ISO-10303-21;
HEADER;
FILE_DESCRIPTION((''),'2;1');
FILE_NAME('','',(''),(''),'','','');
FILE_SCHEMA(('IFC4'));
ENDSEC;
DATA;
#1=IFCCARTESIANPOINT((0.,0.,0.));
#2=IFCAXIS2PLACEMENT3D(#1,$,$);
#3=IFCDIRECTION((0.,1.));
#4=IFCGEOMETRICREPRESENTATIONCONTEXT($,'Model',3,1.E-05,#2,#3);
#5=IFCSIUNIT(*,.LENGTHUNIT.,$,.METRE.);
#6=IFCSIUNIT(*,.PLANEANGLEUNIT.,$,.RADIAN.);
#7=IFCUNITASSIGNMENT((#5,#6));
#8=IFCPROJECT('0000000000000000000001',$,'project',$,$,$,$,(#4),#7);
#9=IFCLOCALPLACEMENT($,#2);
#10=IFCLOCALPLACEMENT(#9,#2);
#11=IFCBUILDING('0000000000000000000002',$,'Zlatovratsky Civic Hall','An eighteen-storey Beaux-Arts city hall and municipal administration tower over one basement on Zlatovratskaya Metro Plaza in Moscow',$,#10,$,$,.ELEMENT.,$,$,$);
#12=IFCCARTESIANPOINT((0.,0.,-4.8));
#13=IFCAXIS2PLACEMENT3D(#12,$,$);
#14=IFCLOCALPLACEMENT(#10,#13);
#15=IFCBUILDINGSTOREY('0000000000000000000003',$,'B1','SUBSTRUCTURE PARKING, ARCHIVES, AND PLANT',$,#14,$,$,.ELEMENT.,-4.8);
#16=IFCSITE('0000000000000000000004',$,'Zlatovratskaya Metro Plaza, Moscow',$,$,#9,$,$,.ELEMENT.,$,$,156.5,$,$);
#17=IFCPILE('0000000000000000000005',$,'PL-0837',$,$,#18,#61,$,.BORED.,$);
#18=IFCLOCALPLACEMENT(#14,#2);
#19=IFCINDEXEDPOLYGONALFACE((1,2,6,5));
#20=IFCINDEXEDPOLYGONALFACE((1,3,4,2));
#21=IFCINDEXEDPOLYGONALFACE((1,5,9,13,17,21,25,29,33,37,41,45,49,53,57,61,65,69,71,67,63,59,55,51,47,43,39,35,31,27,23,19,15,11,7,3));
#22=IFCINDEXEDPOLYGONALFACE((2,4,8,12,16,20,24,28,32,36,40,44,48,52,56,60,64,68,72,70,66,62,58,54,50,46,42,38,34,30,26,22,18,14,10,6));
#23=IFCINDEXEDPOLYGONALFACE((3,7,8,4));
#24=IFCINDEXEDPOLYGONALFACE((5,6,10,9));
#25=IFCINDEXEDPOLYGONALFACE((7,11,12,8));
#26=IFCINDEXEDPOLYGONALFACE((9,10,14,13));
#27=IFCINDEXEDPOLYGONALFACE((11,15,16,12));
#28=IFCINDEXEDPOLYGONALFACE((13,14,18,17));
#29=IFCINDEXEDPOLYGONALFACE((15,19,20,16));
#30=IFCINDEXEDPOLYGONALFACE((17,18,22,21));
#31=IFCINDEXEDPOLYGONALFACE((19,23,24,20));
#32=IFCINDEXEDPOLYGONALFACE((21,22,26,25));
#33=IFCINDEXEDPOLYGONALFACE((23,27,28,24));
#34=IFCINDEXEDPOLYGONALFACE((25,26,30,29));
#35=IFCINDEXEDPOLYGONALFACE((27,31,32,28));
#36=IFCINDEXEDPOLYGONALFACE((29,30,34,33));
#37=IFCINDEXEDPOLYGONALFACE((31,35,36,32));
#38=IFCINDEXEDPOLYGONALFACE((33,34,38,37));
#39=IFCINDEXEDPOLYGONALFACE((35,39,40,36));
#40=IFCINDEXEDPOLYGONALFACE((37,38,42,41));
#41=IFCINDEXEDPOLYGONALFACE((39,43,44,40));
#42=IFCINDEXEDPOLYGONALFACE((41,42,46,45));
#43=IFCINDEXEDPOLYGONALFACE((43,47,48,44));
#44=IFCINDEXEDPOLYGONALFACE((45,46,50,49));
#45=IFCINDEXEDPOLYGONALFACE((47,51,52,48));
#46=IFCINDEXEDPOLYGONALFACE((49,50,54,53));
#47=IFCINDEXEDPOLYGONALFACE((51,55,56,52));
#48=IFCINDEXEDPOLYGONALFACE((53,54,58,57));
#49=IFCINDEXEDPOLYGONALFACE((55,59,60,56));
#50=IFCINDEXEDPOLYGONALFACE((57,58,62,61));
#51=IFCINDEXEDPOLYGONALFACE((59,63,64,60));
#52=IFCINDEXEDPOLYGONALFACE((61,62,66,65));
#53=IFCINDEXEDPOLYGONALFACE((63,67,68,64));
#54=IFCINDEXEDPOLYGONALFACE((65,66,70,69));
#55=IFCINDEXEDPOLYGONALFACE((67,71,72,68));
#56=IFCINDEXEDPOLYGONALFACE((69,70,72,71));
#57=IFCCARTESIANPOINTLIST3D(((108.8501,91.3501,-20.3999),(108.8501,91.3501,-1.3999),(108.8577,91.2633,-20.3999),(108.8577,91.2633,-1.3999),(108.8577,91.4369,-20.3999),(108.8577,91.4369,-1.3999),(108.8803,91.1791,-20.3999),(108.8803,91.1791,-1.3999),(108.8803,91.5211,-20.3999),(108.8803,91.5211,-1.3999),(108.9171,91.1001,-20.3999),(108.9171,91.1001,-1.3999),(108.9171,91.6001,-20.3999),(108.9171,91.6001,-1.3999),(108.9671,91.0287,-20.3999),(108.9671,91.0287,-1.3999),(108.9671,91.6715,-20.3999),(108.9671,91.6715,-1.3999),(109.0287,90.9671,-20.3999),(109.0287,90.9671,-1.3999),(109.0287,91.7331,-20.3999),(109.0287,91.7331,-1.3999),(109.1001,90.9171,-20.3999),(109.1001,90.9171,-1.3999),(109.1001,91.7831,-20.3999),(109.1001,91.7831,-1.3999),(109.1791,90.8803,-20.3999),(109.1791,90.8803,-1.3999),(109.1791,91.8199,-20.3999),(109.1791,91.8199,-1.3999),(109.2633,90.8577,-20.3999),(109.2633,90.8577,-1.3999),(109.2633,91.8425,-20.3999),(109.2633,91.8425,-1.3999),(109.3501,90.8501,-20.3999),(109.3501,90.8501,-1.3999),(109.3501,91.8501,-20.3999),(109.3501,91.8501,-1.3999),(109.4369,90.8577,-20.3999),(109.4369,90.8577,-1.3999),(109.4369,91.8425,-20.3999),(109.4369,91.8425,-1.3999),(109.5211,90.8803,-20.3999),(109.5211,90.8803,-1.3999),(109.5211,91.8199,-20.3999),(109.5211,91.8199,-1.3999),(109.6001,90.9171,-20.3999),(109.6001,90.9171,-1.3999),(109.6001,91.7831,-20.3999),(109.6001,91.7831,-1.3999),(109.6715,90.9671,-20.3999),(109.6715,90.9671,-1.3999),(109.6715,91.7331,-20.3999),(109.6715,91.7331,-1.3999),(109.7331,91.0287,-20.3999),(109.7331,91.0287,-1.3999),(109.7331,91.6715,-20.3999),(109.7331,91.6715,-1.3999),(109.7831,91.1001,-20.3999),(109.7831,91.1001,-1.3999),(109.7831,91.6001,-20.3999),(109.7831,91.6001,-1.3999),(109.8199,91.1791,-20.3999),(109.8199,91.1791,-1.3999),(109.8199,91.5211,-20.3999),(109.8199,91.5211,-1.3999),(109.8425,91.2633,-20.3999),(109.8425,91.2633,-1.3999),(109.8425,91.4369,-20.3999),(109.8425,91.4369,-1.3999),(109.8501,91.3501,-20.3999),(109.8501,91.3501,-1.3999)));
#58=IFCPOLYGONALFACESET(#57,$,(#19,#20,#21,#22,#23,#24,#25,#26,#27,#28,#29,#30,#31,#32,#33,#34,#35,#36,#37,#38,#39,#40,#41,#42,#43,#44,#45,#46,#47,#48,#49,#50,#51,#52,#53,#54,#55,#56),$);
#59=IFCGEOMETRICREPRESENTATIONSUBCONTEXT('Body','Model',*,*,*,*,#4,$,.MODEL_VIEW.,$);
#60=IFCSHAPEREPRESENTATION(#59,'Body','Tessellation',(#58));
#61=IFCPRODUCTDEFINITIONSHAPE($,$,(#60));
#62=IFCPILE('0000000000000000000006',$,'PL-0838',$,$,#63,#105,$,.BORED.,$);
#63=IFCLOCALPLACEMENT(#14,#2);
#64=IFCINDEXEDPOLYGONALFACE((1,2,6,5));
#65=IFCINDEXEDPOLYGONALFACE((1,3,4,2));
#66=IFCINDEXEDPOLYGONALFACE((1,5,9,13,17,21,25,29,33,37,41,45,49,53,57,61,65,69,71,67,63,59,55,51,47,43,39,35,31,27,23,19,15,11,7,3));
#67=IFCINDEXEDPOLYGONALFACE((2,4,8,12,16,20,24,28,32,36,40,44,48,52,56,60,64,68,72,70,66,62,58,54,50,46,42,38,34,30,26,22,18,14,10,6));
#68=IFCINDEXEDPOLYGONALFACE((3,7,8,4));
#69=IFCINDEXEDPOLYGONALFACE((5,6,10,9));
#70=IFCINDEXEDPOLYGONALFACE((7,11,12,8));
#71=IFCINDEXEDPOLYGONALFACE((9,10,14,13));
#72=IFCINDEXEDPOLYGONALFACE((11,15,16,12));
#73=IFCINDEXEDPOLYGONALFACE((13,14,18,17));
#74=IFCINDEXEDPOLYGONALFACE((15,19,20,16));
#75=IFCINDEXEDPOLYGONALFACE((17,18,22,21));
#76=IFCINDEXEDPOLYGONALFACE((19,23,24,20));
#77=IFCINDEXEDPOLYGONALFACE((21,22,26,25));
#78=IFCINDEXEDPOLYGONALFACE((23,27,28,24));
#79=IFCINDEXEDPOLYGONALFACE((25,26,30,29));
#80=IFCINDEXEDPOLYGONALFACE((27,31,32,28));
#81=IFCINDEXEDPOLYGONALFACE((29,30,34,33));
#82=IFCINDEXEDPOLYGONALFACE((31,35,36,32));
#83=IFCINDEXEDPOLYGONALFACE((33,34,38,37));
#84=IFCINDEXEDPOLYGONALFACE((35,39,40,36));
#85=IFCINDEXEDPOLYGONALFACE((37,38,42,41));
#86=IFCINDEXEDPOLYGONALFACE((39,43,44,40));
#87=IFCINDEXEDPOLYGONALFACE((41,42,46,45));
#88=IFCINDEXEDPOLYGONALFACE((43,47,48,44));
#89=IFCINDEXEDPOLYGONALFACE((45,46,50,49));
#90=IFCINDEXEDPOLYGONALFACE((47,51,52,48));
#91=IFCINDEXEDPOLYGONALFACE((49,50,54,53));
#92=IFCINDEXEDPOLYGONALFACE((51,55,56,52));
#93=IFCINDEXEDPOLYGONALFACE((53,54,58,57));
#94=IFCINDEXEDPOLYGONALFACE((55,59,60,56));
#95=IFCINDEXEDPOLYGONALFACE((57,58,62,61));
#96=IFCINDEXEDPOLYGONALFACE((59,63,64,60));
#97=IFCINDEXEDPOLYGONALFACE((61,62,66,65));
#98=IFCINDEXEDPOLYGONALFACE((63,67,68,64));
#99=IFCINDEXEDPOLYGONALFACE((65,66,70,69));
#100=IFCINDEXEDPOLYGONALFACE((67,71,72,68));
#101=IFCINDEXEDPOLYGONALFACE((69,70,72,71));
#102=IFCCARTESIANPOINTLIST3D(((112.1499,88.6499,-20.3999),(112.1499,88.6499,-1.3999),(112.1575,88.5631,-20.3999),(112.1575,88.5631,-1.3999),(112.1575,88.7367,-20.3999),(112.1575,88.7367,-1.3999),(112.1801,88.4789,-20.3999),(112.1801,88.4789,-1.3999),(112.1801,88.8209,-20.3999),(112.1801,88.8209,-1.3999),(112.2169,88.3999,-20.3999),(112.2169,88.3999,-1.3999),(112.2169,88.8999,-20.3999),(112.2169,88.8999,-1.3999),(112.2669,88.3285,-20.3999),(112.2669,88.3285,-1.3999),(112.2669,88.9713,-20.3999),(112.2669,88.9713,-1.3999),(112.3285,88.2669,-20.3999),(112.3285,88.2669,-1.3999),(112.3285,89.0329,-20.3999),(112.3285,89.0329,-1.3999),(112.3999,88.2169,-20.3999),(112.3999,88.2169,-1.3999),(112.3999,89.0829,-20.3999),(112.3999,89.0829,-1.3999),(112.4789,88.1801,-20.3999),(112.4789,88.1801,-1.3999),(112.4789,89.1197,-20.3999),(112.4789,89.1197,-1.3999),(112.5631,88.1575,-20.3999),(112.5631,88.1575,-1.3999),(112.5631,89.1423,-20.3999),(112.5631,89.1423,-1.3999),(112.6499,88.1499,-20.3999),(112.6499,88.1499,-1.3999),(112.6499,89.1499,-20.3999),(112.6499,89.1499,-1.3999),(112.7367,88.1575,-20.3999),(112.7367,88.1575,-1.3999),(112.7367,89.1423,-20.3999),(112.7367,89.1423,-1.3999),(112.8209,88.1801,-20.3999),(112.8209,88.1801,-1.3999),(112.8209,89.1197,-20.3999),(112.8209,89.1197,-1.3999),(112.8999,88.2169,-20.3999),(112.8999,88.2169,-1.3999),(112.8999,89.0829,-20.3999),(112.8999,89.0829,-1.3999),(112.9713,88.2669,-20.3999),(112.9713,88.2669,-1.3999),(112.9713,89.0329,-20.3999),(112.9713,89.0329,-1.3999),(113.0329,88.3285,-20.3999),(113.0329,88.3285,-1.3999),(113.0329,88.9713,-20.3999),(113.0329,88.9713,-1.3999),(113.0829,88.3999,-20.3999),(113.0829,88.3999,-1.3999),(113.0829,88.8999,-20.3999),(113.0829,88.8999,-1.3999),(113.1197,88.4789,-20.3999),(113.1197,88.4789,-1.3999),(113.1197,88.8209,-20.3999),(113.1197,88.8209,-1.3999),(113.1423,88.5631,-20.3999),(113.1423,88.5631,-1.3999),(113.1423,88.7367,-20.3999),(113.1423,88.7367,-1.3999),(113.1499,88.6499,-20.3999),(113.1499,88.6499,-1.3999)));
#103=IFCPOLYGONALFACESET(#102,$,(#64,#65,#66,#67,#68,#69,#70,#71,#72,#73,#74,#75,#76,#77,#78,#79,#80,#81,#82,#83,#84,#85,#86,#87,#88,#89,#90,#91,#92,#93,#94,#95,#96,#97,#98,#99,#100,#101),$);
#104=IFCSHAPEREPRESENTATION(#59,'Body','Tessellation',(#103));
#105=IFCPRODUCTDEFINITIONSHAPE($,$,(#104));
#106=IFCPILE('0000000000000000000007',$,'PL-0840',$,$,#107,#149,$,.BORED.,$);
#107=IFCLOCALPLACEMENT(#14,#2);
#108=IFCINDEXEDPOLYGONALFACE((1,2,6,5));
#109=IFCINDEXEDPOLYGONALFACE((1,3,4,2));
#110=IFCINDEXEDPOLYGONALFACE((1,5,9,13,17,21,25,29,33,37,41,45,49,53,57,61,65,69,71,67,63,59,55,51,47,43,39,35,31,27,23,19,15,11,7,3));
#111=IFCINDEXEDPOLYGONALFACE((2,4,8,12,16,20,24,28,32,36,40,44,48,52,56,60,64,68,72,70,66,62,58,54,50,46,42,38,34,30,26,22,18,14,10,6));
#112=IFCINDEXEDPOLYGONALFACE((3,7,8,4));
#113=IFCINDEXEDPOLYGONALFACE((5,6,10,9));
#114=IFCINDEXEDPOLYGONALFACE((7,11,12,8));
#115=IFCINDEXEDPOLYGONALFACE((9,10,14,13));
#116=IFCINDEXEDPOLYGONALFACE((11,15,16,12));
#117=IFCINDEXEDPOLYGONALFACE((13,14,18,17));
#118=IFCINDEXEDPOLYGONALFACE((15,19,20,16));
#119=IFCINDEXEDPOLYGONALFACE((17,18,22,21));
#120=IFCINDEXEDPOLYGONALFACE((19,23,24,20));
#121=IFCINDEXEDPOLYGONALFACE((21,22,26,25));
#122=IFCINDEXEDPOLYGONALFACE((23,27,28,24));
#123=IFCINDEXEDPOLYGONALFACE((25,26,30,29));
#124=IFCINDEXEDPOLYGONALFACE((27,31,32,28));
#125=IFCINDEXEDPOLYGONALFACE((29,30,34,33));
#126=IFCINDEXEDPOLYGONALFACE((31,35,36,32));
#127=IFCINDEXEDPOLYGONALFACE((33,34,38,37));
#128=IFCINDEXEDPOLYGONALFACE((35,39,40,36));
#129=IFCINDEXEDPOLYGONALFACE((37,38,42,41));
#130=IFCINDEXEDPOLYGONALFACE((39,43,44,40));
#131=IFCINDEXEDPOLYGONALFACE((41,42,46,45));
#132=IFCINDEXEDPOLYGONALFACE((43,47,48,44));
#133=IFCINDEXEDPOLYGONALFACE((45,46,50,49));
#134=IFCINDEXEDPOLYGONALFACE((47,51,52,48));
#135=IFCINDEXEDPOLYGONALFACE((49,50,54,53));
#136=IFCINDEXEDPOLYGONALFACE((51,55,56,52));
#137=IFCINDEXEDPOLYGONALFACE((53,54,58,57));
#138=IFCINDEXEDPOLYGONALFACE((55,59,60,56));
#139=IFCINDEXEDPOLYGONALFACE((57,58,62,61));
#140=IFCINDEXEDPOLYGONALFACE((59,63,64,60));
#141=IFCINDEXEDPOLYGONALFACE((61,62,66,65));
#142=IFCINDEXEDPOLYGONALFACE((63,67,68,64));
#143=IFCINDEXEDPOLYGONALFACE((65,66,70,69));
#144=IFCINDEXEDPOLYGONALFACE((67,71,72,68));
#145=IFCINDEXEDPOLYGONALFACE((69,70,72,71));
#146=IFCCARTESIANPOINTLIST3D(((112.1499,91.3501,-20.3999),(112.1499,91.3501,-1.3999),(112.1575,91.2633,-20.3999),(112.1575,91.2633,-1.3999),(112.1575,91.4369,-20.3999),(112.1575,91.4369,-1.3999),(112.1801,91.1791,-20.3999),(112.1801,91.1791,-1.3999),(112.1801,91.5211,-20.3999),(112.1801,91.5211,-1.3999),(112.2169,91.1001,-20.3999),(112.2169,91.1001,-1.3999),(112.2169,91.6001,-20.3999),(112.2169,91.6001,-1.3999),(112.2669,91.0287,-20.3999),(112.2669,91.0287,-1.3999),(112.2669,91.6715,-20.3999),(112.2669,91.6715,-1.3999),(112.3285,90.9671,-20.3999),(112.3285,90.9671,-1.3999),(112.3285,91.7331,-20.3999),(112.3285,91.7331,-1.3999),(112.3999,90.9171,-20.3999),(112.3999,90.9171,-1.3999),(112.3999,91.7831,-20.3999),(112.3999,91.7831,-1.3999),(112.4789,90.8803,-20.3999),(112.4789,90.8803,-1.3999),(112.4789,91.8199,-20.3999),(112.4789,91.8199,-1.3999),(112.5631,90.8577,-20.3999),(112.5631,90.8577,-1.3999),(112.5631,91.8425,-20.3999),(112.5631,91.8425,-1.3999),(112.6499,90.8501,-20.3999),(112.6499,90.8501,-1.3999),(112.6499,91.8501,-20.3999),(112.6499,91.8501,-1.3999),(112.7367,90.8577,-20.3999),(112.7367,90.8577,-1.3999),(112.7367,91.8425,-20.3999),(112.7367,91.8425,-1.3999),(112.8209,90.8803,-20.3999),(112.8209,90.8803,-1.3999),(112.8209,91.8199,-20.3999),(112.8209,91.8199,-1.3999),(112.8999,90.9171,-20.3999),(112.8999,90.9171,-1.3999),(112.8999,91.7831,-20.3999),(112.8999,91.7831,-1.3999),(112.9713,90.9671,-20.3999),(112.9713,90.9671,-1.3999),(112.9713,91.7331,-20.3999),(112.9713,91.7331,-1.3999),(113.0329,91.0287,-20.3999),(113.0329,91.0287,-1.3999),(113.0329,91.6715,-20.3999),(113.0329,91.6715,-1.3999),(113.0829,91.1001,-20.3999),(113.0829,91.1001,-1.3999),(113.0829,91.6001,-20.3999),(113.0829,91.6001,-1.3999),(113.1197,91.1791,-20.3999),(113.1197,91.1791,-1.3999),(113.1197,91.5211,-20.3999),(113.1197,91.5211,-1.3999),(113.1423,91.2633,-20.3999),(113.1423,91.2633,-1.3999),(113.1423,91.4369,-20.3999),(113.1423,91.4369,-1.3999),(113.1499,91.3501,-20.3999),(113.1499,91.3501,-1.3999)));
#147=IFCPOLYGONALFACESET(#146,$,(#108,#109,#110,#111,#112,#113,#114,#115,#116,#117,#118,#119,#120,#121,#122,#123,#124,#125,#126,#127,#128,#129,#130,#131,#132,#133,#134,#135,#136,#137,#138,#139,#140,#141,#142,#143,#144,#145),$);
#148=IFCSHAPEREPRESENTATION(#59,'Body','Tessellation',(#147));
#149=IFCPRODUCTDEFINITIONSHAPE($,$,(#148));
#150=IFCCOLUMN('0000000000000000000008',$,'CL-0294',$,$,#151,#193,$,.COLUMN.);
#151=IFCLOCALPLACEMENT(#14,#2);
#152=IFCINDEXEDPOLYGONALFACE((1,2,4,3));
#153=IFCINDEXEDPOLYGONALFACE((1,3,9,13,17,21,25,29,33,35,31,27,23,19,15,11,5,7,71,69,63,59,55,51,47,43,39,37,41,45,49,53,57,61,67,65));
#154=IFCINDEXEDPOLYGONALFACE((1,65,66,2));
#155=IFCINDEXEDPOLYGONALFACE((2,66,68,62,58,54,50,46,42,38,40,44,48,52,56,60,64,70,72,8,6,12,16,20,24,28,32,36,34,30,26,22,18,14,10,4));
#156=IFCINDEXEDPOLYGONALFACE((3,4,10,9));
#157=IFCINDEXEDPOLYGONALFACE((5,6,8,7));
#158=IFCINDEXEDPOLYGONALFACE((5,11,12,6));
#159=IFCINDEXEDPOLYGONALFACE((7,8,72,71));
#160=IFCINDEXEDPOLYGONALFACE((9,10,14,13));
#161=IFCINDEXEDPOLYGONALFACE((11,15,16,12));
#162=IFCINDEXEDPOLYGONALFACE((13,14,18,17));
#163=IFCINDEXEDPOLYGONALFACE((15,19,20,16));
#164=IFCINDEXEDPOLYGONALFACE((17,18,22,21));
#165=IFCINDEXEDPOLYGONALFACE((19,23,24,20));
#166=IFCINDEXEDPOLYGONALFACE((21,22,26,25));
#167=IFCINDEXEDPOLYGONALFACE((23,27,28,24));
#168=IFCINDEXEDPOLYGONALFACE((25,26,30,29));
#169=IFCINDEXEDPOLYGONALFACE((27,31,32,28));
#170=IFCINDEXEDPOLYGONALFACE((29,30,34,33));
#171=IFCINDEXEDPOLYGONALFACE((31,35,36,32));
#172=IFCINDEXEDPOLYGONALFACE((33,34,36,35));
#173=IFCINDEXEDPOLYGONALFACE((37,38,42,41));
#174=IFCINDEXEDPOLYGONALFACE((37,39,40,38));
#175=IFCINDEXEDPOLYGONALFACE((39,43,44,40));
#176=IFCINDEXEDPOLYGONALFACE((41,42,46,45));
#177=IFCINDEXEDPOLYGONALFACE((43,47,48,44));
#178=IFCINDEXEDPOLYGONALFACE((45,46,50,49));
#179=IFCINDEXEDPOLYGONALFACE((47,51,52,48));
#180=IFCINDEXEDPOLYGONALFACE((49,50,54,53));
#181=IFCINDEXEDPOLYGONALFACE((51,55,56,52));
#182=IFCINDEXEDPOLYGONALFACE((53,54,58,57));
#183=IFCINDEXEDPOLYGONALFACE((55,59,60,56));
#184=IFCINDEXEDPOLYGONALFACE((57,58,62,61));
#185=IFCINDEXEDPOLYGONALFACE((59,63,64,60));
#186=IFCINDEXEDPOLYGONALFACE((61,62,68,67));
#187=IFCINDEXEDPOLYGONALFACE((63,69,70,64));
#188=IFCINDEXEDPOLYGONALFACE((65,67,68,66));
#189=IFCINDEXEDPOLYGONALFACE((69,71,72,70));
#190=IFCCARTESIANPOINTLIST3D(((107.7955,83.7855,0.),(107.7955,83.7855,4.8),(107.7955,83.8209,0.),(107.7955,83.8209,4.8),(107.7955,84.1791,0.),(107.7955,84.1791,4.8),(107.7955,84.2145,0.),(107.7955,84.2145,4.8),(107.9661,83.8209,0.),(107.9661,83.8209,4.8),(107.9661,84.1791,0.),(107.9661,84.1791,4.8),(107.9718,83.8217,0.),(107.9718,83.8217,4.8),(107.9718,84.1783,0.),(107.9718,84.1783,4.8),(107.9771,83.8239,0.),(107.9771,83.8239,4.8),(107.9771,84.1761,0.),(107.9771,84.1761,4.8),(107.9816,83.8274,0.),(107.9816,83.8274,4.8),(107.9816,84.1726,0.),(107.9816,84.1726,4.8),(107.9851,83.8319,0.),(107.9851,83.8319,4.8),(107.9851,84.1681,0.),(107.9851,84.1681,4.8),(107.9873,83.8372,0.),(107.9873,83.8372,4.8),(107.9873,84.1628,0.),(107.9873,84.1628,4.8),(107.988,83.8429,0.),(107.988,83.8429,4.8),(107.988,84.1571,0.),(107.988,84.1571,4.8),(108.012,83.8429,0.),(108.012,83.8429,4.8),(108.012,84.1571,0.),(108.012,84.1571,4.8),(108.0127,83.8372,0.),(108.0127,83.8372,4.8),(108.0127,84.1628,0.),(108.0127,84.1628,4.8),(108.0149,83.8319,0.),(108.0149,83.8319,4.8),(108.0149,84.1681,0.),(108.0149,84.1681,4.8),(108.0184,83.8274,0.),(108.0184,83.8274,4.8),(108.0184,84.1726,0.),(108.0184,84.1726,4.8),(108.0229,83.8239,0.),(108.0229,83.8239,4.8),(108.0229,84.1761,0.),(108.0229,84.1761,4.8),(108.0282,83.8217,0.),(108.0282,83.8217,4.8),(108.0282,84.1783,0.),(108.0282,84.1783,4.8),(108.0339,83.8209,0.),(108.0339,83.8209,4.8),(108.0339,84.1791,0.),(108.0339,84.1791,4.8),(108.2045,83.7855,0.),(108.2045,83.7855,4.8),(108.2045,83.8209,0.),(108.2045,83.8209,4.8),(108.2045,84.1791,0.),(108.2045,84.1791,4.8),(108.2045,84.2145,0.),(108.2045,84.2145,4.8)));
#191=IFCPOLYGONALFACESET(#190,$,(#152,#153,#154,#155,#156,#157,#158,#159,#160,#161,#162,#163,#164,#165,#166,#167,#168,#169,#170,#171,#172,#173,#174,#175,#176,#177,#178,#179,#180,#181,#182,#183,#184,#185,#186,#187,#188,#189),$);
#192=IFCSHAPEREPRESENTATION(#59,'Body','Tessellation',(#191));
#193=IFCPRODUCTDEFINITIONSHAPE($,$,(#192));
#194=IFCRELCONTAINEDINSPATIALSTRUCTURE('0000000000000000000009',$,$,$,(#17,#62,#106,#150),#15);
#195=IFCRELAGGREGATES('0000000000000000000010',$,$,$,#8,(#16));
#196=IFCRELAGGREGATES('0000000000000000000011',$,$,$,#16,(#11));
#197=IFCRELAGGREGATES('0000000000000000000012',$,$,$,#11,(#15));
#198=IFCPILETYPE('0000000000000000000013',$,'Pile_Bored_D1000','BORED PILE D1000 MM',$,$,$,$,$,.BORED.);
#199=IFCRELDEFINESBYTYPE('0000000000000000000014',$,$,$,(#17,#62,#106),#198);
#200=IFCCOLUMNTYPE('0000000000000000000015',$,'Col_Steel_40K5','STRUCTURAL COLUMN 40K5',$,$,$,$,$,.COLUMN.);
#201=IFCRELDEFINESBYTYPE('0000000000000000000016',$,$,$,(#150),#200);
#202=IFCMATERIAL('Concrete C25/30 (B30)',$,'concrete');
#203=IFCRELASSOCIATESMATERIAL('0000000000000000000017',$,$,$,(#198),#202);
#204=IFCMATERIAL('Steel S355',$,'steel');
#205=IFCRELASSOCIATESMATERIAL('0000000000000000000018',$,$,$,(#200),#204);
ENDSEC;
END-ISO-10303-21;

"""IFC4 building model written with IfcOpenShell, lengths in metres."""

from ifc_helpers import new_model, si_unit, direction, frame, origin, origin_2d, place, context, subcontext, project, spatial, circle, i_section, extrude, material, material_profile, profile_set, type_object, element, save


model = new_model("IFC4")

# Units and contexts
model_context = context("Model", 3, precision=1e-05, world=origin(), true_north=direction((0.0, 1.0)))
body_context = subcontext(model_context, "Body", "Model", "MODEL_VIEW")
ifc_project = project(units=[si_unit("LENGTHUNIT", "METRE"), si_unit("PLANEANGLEUNIT", "RADIAN")], contexts=[model_context])

# Site, building, storey
site_placement = place(None, origin())
site = spatial("IfcSite", under=ifc_project, at=site_placement, Name="Zlatovratskaya Metro Plaza, Moscow", CompositionType="ELEMENT", RefElevation=156.5)
building_placement = place(site_placement, origin())
building = spatial("IfcBuilding", under=site, at=building_placement, Name="Zlatovratsky Civic Hall", Description="An eighteen-storey Beaux-Arts city hall and municipal administration tower over one basement on Zlatovratskaya Metro Plaza in Moscow", CompositionType="ELEMENT")
storey_placement = place(building_placement, frame((0.0, 0.0, -4.8)))
storey = spatial("IfcBuildingStorey", under=building, at=storey_placement, Name="B1", Description="SUBSTRUCTURE PARKING, ARCHIVES, AND PLANT", CompositionType="ELEMENT", Elevation=-4.8)

# Shared definitions
ifc_material_1 = material(Name="Concrete C25/30 (B30)", Category="concrete")

# Piles
ifc_material_profile_1 = material_profile(ifc_material_1, circle(Radius=0.5, at=origin_2d()), Name="PILE D1000")
ifc_profile_set_1 = profile_set([ifc_material_profile_1], Name="Concrete C25/30 (B30)")
pile_type = type_object("IfcPileType", Name="Pile_Bored_D1000", Description="BORED PILE D1000 MM", PredefinedType="BORED", material=ifc_profile_set_1)
for number, where, z_axis, x_axis, name in (
    (1, (109.3501, 91.3501, -1.3999), (0.0, 0.0, -1.0), (1.0, 0.0, 0.0), "PL-0837"),
    (2, (112.6499, 88.6499, -1.3999), (0.0, 0.0, -1.0), (1.0, 0.0, 0.0), "PL-0838"),
    (3, (112.6499, 91.3501, -1.3999), (0.0, 0.0, -1.0), (1.0, 0.0, 0.0), "PL-0840"),
):
    element("IfcPile", number, at=place(storey_placement, frame(where, z_axis=z_axis, x_axis=x_axis)), inside=storey, type_object=pile_type, Name=name, PredefinedType="BORED", context=body_context, shape_type="SweptSolid", body=[
        extrude(circle(Radius=0.5, at=origin_2d()), origin(), (0.0, 0.0, 1.0), 19.0),
    ])

# Column
ifc_material_2 = material(Name="Steel S355", Category="steel")
ifc_material_profile_2 = material_profile(ifc_material_2, i_section(OverallWidth=0.4089, OverallDepth=0.429, WebThickness=0.0239, FlangeThickness=0.0354, FilletRadius=0.022, at=origin_2d()), Name="40K5")
ifc_profile_set_2 = profile_set([ifc_material_profile_2], Name="Steel S355")
column_type = type_object("IfcColumnType", Name="Col_Steel_40K5", Description="STRUCTURAL COLUMN 40K5", PredefinedType="COLUMN", material=ifc_profile_set_2)
for number, where, z_axis, x_axis, name in (
    (4, (108.0, 84.0, 0.0), (0.0, 0.0, 1.0), (1.0, 0.0, 0.0), "CL-0294"),
):
    element("IfcColumn", number, at=place(storey_placement, frame(where, z_axis=z_axis, x_axis=x_axis)), inside=storey, type_object=column_type, Name=name, PredefinedType="COLUMN", context=body_context, shape_type="SweptSolid", body=[
        extrude(i_section(OverallWidth=0.4089, OverallDepth=0.429, WebThickness=0.0239, FlangeThickness=0.0354, FilletRadius=0.022, at=origin_2d()), origin(), (0.0, 0.0, 1.0), 4.8),
    ])

save(model, "model.ifc")
